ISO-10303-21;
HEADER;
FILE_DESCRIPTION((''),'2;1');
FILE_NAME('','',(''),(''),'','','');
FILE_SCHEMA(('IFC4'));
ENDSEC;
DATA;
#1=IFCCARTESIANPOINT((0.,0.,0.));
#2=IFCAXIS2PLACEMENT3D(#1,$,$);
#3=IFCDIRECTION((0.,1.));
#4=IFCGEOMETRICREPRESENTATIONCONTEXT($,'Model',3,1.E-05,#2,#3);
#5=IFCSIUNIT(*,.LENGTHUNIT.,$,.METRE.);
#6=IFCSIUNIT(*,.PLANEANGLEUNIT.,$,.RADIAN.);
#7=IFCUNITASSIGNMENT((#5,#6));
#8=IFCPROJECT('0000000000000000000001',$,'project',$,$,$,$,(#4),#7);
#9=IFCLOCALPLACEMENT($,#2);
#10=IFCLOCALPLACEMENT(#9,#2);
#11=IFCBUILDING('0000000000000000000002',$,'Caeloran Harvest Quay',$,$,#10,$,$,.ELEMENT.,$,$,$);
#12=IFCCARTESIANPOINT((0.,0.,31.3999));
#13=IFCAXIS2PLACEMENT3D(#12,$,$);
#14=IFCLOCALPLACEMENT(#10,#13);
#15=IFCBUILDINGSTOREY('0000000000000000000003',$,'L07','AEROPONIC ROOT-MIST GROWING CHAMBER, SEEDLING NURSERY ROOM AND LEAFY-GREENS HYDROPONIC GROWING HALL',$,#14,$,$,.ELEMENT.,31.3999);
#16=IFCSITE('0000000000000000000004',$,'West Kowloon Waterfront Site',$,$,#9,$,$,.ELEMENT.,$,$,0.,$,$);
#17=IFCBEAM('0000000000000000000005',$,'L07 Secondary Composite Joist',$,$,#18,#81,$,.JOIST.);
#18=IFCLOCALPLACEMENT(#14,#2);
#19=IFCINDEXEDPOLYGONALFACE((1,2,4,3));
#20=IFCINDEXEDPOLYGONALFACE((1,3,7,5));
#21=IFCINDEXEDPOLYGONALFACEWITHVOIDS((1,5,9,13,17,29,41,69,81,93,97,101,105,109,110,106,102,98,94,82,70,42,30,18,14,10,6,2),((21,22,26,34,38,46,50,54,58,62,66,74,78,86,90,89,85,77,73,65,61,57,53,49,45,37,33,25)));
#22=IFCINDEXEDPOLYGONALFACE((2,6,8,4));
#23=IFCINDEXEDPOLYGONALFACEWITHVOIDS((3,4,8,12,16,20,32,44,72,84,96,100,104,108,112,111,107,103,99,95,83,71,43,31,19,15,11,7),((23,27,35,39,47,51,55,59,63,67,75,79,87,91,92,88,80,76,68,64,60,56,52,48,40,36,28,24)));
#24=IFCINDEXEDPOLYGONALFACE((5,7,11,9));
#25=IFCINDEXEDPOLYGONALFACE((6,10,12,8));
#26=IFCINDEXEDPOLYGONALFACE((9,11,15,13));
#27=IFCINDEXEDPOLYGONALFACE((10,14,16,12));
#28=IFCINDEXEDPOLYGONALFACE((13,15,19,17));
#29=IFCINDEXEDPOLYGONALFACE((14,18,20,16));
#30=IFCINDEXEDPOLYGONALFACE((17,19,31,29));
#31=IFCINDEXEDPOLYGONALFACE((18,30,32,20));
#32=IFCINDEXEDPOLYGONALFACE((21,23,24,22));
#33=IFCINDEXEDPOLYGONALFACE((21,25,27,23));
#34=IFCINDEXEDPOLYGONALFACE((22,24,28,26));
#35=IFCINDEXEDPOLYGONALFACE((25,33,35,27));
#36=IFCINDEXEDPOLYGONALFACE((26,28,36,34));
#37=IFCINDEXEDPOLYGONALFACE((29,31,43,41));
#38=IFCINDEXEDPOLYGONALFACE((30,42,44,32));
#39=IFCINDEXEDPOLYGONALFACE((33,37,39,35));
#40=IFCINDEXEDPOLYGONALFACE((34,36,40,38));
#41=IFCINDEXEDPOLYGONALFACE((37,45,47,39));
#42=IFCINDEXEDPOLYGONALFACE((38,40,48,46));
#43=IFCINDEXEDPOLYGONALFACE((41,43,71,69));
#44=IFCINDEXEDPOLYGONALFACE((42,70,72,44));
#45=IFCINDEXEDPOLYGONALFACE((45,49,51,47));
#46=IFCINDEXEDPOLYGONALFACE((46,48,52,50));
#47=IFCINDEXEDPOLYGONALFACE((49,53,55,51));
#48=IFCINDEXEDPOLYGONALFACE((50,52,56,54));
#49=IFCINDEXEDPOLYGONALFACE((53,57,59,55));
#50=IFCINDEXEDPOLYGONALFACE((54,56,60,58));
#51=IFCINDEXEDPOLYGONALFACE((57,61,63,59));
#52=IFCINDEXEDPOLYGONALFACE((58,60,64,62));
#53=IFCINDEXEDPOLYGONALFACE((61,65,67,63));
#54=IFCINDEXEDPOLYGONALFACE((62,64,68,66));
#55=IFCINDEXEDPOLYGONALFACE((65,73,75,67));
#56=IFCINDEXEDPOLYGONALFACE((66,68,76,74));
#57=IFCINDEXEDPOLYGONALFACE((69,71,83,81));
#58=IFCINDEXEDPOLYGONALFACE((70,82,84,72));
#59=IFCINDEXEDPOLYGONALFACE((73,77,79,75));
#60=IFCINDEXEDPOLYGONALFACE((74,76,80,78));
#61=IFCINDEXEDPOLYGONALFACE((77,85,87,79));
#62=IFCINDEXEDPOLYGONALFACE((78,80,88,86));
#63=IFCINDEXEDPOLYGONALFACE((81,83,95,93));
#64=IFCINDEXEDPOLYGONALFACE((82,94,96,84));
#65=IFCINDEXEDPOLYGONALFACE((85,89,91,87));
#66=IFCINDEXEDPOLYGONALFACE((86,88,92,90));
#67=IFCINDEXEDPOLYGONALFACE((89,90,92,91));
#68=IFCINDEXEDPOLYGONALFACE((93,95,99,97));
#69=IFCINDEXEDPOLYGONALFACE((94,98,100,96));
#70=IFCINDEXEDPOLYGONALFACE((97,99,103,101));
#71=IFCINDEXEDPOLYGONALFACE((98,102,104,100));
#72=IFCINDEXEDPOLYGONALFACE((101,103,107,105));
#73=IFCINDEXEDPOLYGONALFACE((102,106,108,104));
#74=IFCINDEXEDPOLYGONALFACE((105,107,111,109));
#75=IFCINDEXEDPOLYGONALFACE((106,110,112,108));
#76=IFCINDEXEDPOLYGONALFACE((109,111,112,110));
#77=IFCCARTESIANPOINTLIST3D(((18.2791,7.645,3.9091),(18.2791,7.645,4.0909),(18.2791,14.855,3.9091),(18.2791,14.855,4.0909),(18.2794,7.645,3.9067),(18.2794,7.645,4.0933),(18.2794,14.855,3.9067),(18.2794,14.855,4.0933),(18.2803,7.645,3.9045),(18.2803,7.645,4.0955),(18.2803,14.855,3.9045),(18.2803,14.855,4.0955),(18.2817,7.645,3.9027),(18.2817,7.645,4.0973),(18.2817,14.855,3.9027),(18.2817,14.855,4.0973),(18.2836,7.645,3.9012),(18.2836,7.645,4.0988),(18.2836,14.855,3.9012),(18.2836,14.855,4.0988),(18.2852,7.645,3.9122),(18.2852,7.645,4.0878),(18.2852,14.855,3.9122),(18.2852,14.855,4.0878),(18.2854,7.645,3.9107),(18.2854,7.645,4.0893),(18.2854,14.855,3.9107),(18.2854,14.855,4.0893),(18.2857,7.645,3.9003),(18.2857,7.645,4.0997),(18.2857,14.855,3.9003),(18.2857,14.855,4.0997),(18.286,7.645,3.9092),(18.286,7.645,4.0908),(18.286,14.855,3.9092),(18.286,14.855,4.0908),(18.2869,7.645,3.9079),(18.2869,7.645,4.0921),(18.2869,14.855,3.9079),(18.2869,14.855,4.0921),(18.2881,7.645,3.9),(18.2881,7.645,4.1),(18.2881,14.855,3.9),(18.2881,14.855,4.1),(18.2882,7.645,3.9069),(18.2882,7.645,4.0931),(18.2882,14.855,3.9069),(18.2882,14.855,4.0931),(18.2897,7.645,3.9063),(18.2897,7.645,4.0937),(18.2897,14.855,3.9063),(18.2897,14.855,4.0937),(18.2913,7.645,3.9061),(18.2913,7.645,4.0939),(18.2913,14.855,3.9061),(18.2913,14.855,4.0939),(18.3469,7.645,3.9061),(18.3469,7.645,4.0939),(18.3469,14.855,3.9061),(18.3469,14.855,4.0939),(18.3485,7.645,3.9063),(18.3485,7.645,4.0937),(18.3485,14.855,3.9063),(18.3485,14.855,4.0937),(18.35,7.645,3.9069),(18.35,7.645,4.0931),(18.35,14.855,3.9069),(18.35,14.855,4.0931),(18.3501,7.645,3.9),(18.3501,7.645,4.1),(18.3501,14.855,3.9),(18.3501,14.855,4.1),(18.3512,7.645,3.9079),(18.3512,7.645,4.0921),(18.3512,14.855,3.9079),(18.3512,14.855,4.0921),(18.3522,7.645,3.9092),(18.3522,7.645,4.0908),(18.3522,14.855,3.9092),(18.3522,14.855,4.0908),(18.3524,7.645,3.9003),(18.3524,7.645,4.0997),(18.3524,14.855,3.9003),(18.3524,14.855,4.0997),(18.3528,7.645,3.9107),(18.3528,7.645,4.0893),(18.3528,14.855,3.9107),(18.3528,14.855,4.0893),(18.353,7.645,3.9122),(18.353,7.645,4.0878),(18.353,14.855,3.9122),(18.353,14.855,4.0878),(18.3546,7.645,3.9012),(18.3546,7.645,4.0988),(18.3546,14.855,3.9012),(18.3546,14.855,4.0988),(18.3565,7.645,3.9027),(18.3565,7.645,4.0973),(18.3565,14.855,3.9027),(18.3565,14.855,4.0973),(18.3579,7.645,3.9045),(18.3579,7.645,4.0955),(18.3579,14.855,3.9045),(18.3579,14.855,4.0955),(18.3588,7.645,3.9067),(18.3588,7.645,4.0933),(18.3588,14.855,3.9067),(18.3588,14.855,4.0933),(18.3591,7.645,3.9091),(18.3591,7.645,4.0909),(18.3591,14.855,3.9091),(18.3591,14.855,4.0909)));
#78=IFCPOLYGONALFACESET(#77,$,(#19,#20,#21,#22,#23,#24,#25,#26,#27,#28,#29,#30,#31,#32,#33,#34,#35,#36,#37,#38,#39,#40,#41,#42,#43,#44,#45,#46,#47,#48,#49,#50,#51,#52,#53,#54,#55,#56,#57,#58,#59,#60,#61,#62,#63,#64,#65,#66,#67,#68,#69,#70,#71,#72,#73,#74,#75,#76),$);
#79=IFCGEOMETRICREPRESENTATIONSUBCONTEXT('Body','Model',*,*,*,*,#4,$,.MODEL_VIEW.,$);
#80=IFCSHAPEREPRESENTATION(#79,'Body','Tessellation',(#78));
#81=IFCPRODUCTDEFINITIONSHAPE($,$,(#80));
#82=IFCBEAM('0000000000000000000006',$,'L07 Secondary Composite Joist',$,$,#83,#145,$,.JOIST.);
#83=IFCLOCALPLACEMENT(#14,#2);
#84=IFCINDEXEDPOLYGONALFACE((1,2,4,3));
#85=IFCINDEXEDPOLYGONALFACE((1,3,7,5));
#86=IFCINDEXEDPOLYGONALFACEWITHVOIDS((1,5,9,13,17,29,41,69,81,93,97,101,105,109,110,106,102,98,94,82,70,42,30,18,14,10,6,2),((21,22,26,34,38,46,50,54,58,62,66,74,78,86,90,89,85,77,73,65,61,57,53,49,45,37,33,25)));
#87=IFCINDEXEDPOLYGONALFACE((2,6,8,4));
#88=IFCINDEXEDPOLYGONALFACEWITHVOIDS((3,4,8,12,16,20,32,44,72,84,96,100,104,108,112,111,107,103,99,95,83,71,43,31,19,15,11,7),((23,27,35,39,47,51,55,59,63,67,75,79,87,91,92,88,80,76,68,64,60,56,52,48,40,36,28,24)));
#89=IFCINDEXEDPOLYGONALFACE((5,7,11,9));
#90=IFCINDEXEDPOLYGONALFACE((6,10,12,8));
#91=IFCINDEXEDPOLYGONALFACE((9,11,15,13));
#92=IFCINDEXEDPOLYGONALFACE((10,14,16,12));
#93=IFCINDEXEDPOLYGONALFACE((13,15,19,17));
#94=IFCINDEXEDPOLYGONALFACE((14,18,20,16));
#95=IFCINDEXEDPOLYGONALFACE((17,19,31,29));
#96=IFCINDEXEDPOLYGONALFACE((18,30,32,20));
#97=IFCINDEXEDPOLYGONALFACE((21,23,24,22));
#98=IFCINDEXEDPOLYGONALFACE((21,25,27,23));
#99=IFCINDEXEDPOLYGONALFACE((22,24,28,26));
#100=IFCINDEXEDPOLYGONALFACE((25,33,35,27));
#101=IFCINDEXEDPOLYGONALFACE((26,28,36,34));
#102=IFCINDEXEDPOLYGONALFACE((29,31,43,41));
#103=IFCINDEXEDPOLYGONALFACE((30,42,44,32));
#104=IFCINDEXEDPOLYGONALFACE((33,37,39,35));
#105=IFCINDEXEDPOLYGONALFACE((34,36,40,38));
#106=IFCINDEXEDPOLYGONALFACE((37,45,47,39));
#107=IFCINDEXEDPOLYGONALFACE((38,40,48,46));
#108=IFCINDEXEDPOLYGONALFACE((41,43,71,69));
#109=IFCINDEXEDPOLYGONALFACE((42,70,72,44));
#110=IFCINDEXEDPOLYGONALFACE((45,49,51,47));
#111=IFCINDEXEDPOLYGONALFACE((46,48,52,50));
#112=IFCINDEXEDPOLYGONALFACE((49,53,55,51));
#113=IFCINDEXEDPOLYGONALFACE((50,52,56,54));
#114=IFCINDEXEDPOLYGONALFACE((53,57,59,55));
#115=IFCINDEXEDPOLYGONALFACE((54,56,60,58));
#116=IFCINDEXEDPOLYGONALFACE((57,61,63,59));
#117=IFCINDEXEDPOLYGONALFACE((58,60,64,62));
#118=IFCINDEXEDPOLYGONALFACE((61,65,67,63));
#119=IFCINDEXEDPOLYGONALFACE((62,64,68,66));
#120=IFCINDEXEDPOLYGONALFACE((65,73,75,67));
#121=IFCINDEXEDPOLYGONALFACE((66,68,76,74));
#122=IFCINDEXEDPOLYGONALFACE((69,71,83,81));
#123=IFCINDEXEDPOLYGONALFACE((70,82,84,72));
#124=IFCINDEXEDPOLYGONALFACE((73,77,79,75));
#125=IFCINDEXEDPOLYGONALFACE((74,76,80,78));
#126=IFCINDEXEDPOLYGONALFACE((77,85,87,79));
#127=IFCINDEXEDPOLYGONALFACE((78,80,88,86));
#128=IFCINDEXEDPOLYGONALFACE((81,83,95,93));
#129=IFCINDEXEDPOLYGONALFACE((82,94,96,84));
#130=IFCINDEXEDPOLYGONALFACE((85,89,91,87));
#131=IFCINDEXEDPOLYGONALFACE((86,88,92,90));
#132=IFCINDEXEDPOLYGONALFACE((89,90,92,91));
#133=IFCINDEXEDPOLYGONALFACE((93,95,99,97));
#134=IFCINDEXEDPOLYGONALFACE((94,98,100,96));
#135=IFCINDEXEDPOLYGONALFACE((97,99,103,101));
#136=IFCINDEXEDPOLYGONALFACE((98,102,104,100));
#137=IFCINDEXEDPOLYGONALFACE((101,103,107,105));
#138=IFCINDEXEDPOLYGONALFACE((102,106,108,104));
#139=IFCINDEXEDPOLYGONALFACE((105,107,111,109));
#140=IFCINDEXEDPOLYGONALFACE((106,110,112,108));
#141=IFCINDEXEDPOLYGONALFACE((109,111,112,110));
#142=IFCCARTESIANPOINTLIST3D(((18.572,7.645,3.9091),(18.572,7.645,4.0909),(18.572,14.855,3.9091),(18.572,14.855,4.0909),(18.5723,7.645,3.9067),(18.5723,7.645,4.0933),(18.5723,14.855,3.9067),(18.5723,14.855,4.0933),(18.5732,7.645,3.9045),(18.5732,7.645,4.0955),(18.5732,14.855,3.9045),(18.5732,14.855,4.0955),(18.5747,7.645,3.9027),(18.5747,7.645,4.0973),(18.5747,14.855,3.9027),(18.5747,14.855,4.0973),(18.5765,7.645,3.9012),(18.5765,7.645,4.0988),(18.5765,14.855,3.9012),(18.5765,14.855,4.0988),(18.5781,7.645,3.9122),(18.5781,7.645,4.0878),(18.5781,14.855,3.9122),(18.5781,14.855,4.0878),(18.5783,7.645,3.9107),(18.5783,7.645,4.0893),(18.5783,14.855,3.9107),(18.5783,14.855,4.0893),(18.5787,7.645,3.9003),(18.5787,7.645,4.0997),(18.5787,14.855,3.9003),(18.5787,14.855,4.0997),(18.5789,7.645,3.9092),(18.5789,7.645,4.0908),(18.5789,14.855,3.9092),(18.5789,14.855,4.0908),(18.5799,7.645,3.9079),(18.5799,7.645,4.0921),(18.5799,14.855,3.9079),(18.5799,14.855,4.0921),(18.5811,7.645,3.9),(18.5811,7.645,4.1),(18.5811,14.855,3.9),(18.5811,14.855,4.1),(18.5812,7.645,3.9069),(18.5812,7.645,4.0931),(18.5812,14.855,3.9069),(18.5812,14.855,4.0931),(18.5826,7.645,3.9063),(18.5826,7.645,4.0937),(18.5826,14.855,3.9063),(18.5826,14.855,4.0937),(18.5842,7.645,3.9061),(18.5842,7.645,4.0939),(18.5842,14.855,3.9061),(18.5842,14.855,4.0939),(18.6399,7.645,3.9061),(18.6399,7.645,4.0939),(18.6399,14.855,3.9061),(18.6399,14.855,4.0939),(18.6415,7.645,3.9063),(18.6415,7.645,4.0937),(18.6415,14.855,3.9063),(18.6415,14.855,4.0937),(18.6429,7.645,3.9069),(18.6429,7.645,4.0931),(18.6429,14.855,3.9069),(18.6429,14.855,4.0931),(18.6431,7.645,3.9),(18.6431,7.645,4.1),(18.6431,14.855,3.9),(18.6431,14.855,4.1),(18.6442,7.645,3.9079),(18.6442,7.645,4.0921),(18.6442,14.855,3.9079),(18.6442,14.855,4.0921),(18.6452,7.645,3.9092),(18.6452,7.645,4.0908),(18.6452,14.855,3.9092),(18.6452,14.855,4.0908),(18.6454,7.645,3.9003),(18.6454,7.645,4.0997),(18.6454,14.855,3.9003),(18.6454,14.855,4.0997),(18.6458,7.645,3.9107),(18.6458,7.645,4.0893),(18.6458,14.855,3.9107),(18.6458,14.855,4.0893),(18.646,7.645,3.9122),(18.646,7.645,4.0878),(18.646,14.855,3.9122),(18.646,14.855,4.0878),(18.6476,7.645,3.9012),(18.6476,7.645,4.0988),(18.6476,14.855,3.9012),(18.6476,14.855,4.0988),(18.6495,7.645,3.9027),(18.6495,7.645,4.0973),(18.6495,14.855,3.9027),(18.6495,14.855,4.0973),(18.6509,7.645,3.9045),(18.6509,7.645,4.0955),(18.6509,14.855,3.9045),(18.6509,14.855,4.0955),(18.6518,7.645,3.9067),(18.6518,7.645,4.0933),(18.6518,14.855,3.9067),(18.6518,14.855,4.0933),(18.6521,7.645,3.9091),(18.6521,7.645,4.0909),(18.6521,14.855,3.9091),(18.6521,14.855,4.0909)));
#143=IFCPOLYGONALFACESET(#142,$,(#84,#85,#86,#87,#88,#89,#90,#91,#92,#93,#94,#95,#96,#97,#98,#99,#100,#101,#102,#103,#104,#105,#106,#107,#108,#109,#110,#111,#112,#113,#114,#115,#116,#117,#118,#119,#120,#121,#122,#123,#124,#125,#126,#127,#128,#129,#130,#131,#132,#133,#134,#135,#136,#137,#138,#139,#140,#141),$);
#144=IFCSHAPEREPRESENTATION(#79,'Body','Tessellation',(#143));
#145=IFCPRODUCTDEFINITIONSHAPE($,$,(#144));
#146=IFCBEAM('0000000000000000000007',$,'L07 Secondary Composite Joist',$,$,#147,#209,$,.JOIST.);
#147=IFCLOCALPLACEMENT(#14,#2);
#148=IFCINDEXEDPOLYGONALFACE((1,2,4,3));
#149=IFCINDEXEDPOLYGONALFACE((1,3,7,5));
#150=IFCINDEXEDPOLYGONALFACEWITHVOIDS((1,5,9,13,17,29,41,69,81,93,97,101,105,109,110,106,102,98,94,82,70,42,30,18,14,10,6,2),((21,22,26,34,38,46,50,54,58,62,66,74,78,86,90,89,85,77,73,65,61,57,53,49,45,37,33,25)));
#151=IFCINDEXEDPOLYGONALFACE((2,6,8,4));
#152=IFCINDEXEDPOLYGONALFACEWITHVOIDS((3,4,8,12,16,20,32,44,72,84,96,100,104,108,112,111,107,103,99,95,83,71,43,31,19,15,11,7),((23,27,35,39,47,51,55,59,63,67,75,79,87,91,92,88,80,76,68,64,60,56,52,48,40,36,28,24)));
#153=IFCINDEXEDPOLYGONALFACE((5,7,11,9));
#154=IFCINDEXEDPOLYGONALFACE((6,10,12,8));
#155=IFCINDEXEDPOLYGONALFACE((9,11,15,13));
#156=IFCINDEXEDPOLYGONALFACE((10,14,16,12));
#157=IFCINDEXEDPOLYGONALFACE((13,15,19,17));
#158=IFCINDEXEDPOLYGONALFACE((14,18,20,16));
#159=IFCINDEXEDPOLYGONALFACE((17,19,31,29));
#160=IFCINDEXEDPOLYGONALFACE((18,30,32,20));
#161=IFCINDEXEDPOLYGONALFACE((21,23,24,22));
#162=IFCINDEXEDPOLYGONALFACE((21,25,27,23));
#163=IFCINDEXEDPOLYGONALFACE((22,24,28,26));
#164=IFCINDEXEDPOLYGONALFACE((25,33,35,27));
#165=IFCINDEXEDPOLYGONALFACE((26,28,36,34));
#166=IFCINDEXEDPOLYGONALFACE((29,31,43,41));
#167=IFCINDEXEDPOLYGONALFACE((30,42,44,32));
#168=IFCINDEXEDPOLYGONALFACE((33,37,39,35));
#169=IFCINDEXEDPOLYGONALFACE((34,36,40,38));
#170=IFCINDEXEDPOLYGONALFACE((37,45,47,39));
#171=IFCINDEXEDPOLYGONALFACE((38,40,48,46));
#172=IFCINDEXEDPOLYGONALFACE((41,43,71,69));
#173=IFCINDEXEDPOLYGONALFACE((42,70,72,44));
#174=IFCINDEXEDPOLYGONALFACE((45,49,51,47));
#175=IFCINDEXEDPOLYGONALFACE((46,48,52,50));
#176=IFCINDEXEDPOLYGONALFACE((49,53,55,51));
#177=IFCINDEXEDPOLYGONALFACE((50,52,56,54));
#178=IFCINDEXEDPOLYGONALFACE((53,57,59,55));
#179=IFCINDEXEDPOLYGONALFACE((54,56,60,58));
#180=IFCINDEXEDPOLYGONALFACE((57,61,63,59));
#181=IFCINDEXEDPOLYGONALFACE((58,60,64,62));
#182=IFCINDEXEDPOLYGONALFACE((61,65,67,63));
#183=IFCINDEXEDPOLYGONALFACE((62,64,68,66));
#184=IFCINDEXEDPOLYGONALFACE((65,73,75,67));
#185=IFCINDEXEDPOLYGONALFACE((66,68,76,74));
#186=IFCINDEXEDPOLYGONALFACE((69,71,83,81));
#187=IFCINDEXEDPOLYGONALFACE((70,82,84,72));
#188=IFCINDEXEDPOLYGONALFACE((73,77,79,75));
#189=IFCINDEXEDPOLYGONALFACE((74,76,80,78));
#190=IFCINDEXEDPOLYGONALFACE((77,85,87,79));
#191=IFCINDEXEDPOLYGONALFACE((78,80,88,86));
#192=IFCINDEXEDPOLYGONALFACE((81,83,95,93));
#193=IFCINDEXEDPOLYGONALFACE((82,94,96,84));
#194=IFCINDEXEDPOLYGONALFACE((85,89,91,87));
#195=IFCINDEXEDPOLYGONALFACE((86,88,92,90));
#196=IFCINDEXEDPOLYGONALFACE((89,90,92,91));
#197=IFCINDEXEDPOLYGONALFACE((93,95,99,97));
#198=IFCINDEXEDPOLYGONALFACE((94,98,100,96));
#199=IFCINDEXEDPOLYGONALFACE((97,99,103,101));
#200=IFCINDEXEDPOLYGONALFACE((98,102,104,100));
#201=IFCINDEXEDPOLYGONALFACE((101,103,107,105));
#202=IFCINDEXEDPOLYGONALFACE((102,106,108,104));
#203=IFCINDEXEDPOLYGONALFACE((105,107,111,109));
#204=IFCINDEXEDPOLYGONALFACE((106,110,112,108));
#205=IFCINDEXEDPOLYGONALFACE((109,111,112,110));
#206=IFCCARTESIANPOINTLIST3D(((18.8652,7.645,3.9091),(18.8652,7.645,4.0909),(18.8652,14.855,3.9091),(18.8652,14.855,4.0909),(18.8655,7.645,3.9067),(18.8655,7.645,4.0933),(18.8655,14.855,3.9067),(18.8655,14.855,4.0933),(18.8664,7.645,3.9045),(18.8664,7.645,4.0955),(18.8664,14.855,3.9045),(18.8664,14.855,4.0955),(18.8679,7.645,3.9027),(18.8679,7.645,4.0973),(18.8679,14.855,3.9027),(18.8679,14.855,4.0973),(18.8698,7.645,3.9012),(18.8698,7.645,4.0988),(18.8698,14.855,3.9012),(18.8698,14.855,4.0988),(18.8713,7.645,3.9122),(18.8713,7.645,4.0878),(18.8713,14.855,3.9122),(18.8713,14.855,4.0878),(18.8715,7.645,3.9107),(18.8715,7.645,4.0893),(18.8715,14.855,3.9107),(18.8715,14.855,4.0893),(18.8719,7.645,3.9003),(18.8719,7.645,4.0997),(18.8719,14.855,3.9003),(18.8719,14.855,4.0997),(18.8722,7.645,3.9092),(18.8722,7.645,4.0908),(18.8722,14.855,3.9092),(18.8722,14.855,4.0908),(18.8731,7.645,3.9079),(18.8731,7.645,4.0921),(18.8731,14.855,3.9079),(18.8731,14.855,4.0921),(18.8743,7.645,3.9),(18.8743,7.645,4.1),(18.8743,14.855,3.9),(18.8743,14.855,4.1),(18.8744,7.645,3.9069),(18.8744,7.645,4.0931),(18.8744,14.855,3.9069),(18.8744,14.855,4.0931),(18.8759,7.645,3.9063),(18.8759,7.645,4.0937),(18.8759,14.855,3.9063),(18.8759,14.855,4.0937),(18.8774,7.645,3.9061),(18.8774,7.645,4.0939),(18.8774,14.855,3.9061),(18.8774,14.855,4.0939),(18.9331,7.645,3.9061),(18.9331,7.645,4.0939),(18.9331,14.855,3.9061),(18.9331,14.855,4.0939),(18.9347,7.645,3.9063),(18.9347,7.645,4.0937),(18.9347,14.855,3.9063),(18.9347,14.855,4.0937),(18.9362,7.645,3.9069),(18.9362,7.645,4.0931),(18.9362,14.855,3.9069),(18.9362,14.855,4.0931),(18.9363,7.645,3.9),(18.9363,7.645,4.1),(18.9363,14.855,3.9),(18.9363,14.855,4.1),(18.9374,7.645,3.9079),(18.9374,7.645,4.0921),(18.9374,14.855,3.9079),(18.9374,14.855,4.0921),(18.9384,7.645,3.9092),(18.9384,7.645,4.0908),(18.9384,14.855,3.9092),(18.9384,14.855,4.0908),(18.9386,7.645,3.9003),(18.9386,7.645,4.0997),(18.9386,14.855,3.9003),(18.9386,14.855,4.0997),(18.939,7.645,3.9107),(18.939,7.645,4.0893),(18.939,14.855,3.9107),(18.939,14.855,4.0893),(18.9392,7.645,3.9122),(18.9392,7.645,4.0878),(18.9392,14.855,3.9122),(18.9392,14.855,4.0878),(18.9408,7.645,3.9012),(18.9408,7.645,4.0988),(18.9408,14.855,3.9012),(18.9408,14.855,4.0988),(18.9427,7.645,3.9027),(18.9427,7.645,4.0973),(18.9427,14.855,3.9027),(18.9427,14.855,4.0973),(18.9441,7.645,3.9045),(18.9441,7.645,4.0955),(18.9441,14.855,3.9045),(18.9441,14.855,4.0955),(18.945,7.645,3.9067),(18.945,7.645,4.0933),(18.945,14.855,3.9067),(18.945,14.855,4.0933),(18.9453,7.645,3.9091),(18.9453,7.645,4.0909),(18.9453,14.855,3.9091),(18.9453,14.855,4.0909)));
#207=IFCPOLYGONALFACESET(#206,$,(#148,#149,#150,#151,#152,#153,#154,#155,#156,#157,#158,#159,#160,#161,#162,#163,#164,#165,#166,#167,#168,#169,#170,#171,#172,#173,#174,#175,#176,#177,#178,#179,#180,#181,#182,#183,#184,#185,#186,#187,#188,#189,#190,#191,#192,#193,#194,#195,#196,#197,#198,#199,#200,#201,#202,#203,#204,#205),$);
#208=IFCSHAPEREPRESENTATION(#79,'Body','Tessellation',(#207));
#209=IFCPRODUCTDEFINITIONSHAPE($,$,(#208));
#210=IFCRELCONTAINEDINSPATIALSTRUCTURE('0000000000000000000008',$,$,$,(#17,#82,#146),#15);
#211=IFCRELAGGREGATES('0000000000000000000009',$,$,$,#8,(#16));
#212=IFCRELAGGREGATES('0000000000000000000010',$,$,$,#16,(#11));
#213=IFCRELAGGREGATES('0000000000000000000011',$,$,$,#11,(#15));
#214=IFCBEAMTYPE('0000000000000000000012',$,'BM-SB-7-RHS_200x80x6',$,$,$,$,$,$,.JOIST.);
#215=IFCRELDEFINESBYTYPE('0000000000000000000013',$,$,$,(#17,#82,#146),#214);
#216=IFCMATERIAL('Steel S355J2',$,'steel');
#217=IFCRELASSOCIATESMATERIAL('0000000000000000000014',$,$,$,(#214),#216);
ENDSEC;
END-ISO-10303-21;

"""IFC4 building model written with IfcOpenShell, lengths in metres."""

from ifc_helpers import new_model, si_unit, direction, frame, origin, origin_2d, place, context, subcontext, project, spatial, hollow_rectangle, extrude, material, material_profile, profile_set, type_object, element, save


model = new_model("IFC4")

# Units and contexts
model_context = context("Model", 3, precision=1e-05, world=origin(), true_north=direction((0.0, 1.0)))
body_context = subcontext(model_context, "Body", "Model", "MODEL_VIEW")
ifc_project = project(units=[si_unit("LENGTHUNIT", "METRE"), si_unit("PLANEANGLEUNIT", "RADIAN")], contexts=[model_context])

# Site, building, storey
site_placement = place(None, origin())
site = spatial("IfcSite", under=ifc_project, at=site_placement, Name="West Kowloon Waterfront Site", CompositionType="ELEMENT", RefElevation=0.0)
building_placement = place(site_placement, origin())
building = spatial("IfcBuilding", under=site, at=building_placement, Name="Caeloran Harvest Quay", CompositionType="ELEMENT")
storey_placement = place(building_placement, frame((0.0, 0.0, 31.3999)))
storey = spatial("IfcBuildingStorey", under=building, at=storey_placement, Name="L07", Description="AEROPONIC ROOT-MIST GROWING CHAMBER, SEEDLING NURSERY ROOM AND LEAFY-GREENS HYDROPONIC GROWING HALL", CompositionType="ELEMENT", Elevation=31.3999)

# Beams
ifc_material = material(Name="Steel S355J2", Category="steel")
ifc_material_profile_1 = material_profile(ifc_material, hollow_rectangle(XDim=0.0801, YDim=0.2, WallThickness=0.0061, InnerFilletRadius=0.0061, OuterFilletRadius=0.009, at=origin_2d()), Name="RHS 200x80x6")
ifc_profile_set_1 = profile_set([ifc_material_profile_1], Name="Steel S355J2")
beam_type_1 = type_object("IfcBeamType", Name="BM-SB-7-RHS_200x80x6", PredefinedType="JOIST", material=ifc_profile_set_1)
for number, where, z_axis, x_axis, name in (
    (1, (18.3191, 7.645, 4.0), (0.0, 1.0, 0.0), (-1.0, 0.0, 0.0), "L07 Secondary Composite Joist"),
    (2, (18.6121, 7.645, 4.0), (0.0, 1.0, 0.0), (-1.0, 0.0, 0.0), "L07 Secondary Composite Joist"),
    (3, (18.9053, 7.645, 4.0), (0.0, 1.0, 0.0), (-1.0, 0.0, 0.0), "L07 Secondary Composite Joist"),
):
    element("IfcBeam", number, at=place(storey_placement, frame(where, z_axis=z_axis, x_axis=x_axis)), inside=storey, type_object=beam_type_1, Name=name, PredefinedType="JOIST", context=body_context, shape_type="SweptSolid", body=[
        extrude(hollow_rectangle(XDim=0.0801, YDim=0.2, WallThickness=0.0061, InnerFilletRadius=0.0061, OuterFilletRadius=0.009, at=origin_2d()), origin(), (0.0, 0.0, 1.0), 7.21),
    ])

save(model, "model.ifc")
